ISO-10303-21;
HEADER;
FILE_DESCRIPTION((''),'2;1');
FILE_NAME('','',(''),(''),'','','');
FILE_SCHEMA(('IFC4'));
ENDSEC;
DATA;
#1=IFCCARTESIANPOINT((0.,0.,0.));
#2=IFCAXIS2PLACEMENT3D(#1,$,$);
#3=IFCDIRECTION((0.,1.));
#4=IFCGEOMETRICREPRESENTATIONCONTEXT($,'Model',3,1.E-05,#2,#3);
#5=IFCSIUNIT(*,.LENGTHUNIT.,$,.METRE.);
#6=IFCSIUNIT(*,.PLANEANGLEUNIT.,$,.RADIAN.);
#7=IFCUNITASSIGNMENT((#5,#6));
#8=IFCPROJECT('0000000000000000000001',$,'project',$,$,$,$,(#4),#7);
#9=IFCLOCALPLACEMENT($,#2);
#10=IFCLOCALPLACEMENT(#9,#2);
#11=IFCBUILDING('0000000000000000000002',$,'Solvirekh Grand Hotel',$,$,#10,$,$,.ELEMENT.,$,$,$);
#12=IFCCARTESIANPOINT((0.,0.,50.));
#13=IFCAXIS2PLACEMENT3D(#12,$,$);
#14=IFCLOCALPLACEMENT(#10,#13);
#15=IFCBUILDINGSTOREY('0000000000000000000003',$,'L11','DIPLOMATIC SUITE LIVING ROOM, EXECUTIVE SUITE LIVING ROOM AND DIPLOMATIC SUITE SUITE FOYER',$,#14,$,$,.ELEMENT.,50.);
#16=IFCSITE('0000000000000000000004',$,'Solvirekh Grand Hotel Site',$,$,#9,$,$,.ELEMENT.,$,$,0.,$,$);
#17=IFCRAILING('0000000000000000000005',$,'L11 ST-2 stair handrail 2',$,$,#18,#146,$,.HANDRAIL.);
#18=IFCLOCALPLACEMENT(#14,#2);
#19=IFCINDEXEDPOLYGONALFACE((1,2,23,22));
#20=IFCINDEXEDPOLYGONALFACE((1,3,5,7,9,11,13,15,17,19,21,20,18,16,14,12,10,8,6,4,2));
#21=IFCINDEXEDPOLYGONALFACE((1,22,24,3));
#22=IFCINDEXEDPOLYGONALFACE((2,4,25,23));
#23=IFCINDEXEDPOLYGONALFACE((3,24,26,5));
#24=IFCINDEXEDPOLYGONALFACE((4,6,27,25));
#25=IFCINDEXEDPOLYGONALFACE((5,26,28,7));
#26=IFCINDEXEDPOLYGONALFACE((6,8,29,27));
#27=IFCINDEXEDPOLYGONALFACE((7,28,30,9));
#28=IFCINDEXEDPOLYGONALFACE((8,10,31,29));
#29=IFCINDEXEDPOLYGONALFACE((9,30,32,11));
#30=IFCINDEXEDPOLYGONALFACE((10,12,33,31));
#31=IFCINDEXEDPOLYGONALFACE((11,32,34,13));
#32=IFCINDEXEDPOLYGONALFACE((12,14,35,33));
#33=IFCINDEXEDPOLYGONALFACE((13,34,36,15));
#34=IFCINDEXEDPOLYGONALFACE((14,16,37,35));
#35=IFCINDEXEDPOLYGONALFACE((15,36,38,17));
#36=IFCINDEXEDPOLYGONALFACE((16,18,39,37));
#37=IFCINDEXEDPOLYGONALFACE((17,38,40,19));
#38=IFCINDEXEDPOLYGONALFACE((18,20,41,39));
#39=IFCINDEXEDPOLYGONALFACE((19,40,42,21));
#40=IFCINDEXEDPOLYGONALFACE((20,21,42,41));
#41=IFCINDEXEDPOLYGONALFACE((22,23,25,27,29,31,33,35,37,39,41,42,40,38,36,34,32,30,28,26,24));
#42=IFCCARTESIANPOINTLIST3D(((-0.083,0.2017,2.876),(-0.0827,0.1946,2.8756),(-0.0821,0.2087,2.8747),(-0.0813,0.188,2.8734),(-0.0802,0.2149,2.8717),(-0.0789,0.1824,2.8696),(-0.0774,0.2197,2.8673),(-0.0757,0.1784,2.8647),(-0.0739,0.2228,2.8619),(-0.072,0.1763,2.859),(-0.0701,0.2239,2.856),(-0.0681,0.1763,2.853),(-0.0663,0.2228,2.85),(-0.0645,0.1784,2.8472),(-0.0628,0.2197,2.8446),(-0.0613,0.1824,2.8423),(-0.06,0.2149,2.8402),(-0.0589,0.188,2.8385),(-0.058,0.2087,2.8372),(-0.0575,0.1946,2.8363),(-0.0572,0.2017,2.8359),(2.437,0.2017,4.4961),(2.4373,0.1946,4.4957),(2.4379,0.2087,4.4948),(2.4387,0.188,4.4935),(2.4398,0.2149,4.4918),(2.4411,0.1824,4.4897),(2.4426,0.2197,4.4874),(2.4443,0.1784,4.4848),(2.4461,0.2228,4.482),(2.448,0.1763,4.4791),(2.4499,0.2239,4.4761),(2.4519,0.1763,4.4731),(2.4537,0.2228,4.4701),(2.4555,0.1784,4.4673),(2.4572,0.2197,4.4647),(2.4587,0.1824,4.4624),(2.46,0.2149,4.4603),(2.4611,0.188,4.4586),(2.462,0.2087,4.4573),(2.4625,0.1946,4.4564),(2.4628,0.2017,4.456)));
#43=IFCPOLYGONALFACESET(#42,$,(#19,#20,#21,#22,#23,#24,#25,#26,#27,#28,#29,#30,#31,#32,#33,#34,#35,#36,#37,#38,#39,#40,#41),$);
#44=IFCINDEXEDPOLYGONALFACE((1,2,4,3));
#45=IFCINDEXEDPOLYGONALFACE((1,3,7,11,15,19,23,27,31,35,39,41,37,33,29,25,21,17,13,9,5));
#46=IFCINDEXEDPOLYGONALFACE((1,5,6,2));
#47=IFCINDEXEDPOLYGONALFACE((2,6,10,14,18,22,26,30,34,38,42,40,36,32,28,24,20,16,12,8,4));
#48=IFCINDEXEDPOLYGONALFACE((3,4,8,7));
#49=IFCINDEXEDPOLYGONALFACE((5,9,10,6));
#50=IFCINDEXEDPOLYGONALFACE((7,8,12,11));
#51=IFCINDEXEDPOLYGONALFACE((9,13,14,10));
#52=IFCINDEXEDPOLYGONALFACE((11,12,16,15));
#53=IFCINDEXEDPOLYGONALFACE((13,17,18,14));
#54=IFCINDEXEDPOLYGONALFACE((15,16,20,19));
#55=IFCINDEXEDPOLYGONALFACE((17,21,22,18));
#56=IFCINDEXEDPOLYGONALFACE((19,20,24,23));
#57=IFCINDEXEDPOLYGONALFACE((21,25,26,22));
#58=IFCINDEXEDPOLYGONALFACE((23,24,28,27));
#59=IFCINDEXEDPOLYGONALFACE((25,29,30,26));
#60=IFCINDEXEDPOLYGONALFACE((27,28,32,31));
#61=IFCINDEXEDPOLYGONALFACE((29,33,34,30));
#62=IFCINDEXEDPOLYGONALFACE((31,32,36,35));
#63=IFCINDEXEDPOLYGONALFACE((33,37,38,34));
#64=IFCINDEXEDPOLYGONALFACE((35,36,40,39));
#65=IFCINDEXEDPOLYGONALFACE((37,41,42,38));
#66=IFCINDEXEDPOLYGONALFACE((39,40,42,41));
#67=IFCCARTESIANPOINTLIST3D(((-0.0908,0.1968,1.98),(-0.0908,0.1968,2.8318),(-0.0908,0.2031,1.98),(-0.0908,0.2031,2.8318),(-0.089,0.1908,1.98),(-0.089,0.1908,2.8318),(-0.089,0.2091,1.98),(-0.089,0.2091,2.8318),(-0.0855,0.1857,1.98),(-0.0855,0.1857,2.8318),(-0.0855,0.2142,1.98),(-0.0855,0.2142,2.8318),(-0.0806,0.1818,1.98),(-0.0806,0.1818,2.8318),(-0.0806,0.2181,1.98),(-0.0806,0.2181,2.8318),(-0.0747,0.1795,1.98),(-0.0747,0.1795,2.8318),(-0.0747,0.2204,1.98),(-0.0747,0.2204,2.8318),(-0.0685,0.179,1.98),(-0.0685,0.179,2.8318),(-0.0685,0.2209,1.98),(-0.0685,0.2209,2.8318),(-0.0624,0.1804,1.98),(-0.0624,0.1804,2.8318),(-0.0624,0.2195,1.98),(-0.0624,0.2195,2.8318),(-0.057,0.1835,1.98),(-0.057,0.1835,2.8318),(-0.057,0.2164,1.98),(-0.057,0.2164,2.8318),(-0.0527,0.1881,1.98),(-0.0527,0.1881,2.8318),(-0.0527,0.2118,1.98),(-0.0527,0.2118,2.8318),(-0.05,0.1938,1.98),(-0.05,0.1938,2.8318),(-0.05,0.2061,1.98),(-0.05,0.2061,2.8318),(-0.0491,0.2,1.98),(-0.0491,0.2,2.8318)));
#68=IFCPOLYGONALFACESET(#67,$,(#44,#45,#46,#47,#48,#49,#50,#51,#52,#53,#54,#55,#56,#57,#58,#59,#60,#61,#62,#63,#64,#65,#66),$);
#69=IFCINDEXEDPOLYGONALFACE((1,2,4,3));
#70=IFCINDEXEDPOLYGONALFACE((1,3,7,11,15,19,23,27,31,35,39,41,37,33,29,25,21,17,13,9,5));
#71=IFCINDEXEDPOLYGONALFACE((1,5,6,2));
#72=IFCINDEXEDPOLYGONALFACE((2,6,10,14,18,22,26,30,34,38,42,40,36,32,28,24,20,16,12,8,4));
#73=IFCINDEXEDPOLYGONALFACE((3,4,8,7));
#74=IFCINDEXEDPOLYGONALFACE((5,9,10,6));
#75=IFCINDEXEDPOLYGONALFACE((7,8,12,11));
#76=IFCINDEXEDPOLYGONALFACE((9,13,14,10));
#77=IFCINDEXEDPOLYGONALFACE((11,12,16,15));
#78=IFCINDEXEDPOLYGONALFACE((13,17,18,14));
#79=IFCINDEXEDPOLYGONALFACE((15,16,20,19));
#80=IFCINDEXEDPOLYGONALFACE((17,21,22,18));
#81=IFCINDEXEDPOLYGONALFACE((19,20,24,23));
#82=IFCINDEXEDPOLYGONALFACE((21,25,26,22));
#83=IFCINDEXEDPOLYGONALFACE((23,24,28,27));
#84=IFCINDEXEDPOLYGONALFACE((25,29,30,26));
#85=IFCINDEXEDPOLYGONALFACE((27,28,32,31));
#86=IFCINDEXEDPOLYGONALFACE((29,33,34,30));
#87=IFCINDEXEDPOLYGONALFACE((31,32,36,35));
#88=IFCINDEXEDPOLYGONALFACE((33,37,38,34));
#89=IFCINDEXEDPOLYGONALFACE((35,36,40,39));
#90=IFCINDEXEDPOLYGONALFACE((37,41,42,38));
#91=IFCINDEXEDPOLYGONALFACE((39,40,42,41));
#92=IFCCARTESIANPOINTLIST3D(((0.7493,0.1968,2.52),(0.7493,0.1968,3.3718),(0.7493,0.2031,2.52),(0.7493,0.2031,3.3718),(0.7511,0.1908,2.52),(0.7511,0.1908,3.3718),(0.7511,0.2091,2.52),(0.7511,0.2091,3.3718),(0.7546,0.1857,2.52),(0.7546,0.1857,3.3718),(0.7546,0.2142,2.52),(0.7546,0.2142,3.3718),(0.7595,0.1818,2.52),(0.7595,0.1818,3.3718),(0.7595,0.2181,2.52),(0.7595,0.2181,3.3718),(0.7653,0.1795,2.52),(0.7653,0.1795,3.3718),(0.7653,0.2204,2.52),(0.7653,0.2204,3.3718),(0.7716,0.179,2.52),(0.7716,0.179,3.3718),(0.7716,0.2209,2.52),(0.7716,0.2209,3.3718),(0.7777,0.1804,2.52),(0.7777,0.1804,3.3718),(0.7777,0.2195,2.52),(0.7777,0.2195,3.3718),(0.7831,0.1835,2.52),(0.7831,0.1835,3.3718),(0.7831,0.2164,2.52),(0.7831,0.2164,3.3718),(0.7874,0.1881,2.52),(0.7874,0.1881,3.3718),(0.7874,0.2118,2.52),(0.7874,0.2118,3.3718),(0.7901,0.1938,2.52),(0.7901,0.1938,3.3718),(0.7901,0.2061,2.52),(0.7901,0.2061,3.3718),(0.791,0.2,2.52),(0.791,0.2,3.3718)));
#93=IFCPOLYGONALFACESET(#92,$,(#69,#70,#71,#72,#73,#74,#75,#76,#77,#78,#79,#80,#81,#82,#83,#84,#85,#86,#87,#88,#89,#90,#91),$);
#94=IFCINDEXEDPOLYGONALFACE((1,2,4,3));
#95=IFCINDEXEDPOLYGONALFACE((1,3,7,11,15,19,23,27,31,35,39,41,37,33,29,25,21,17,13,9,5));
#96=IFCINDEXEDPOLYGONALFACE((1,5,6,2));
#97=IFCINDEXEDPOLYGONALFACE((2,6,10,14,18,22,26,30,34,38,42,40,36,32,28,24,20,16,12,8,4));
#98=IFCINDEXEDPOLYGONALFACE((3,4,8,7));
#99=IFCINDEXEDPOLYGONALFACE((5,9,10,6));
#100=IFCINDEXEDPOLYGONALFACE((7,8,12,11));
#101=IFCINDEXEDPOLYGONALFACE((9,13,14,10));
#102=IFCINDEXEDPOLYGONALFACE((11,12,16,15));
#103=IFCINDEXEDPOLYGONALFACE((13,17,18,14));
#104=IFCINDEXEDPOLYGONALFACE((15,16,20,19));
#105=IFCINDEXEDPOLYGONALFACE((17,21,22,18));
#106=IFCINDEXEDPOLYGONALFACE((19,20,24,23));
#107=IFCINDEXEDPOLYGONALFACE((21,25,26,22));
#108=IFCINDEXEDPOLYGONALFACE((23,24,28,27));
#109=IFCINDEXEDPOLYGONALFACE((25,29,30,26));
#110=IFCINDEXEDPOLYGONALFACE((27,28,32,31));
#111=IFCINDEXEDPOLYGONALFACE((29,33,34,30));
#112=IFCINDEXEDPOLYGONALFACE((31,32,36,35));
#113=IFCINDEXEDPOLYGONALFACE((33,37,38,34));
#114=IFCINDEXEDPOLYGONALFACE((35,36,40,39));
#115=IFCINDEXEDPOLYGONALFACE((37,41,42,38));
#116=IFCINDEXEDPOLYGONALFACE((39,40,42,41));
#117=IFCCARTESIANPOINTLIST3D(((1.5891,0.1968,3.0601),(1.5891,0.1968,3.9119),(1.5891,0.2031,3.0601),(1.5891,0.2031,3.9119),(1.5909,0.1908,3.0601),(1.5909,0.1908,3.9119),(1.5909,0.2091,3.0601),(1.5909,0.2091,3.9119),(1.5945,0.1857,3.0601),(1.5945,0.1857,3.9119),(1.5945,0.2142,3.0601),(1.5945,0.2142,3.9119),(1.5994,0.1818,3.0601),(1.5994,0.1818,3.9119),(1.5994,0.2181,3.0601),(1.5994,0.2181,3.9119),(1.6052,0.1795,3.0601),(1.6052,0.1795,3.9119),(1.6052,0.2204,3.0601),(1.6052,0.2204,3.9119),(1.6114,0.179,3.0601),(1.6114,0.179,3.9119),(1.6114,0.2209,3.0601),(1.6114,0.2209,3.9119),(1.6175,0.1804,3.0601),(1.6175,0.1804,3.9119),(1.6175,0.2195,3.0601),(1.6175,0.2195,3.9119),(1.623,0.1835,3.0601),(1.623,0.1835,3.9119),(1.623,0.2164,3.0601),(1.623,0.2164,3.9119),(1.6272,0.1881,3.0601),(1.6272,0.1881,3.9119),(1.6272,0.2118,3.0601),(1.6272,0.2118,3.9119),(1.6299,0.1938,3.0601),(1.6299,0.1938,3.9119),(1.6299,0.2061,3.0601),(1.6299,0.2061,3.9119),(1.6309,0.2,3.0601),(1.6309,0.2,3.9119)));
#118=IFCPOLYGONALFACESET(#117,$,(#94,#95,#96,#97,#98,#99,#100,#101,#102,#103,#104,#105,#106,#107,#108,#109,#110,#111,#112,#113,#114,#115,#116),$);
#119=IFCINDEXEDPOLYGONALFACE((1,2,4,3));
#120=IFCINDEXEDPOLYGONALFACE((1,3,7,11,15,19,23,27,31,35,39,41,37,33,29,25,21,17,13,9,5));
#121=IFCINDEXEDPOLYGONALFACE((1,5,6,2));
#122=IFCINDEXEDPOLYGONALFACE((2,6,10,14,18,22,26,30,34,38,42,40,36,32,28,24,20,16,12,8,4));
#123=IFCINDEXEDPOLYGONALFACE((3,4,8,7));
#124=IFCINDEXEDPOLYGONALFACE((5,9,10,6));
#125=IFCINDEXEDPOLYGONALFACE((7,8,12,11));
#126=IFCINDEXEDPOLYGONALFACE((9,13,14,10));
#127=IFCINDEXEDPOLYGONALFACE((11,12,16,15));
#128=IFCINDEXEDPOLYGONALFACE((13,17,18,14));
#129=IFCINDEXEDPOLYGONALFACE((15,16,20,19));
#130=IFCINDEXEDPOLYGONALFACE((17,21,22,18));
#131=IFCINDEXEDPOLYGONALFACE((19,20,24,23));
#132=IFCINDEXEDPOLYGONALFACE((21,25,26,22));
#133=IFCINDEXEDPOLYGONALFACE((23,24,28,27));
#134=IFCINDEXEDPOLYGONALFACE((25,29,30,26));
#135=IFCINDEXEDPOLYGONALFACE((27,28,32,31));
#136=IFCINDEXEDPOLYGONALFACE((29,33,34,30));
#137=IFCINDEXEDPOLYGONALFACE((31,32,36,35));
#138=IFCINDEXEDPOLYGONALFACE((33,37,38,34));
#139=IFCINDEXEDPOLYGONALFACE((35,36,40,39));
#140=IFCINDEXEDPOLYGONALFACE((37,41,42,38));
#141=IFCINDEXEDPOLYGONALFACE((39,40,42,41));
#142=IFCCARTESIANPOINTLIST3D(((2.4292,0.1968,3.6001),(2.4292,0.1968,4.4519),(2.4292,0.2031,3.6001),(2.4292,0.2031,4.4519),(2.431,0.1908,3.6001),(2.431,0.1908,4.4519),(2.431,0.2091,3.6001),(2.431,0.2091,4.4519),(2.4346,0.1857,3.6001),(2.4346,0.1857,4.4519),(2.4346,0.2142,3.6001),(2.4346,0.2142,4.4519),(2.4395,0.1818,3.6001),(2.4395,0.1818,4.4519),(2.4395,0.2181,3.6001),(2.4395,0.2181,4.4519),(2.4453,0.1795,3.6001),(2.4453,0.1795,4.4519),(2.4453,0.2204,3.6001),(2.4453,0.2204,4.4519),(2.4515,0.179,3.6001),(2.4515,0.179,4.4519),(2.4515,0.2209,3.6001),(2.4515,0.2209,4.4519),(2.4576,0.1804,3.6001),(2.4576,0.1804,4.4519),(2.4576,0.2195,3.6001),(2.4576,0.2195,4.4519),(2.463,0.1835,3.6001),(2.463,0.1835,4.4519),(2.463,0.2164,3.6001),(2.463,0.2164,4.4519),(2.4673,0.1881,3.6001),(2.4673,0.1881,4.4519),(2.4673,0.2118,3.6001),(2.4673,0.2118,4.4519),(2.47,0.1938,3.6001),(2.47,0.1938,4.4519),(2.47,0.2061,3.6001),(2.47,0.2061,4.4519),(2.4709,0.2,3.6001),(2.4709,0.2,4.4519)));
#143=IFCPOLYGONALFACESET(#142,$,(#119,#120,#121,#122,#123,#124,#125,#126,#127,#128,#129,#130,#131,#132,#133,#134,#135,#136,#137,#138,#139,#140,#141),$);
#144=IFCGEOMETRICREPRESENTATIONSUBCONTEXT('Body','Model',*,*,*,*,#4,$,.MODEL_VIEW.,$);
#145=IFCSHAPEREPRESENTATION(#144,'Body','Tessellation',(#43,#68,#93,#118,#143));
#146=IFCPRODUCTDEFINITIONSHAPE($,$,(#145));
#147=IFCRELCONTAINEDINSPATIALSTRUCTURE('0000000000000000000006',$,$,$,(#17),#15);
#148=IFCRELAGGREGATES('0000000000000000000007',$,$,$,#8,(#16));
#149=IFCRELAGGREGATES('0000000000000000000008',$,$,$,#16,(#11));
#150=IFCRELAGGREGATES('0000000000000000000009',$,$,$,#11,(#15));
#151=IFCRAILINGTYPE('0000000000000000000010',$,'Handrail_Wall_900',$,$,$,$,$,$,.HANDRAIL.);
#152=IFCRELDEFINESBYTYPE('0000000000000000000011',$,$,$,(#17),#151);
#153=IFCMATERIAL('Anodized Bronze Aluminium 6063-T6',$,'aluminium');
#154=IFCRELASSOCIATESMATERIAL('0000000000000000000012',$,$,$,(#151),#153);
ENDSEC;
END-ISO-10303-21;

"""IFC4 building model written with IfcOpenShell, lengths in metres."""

from ifc_helpers import new_model, si_unit, direction, frame, origin, origin_2d, place, context, subcontext, project, spatial, circle, extrude, material, type_object, element, save


model = new_model("IFC4")

# Units and contexts
model_context = context("Model", 3, precision=1e-05, world=origin(), true_north=direction((0.0, 1.0)))
body_context = subcontext(model_context, "Body", "Model", "MODEL_VIEW")
ifc_project = project(units=[si_unit("LENGTHUNIT", "METRE"), si_unit("PLANEANGLEUNIT", "RADIAN")], contexts=[model_context])

# Site, building, storey
site_placement = place(None, origin())
site = spatial("IfcSite", under=ifc_project, at=site_placement, Name="Solvirekh Grand Hotel Site", CompositionType="ELEMENT", RefElevation=0.0)
building_placement = place(site_placement, origin())
building = spatial("IfcBuilding", under=site, at=building_placement, Name="Solvirekh Grand Hotel", CompositionType="ELEMENT")
storey_placement = place(building_placement, frame((0.0, 0.0, 50.0)))
storey = spatial("IfcBuildingStorey", under=building, at=storey_placement, Name="L11", Description="DIPLOMATIC SUITE LIVING ROOM, EXECUTIVE SUITE LIVING ROOM AND DIPLOMATIC SUITE SUITE FOYER", CompositionType="ELEMENT", Elevation=50.0)

# Shared definitions
ifc_material_1 = material(Name="Anodized Bronze Aluminium 6063-T6", Category="aluminium")

# Railing
railing_type_1 = type_object("IfcRailingType", Name="Handrail_Wall_900", PredefinedType="HANDRAIL", material=ifc_material_1)
railing_1_placement = place(storey_placement, frame((-0.0701, 0.2, 1.98)))
element("IfcRailing", 1, at=railing_1_placement, inside=storey, type_object=railing_type_1, Name="L11 ST-2 stair handrail 2", PredefinedType="HANDRAIL", context=body_context, shape_type="SweptSolid", body=[
    extrude(circle(Radius=0.0239, at=origin_2d()), frame((0.0, 0.0, 0.876), z_axis=(0.841163, 0.0, 0.540782), x_axis=(0.0, 1.0, 0.0)), (0.0, 0.0, 1.0), 2.9958),
    extrude(circle(Radius=0.021, at=origin_2d()), origin(), (0.0, 0.0, 1.0), 0.8518),
    extrude(circle(Radius=0.021, at=origin_2d()), frame((0.8401, 0.0, 0.54)), (0.0, 0.0, 1.0), 0.8518),
    extrude(circle(Radius=0.021, at=origin_2d()), frame((1.6799, 0.0, 1.0801)), (0.0, 0.0, 1.0), 0.8518),
    extrude(circle(Radius=0.021, at=origin_2d()), frame((2.52, 0.0, 1.6201)), (0.0, 0.0, 1.0), 0.8518),
])

save(model, "model.ifc")
